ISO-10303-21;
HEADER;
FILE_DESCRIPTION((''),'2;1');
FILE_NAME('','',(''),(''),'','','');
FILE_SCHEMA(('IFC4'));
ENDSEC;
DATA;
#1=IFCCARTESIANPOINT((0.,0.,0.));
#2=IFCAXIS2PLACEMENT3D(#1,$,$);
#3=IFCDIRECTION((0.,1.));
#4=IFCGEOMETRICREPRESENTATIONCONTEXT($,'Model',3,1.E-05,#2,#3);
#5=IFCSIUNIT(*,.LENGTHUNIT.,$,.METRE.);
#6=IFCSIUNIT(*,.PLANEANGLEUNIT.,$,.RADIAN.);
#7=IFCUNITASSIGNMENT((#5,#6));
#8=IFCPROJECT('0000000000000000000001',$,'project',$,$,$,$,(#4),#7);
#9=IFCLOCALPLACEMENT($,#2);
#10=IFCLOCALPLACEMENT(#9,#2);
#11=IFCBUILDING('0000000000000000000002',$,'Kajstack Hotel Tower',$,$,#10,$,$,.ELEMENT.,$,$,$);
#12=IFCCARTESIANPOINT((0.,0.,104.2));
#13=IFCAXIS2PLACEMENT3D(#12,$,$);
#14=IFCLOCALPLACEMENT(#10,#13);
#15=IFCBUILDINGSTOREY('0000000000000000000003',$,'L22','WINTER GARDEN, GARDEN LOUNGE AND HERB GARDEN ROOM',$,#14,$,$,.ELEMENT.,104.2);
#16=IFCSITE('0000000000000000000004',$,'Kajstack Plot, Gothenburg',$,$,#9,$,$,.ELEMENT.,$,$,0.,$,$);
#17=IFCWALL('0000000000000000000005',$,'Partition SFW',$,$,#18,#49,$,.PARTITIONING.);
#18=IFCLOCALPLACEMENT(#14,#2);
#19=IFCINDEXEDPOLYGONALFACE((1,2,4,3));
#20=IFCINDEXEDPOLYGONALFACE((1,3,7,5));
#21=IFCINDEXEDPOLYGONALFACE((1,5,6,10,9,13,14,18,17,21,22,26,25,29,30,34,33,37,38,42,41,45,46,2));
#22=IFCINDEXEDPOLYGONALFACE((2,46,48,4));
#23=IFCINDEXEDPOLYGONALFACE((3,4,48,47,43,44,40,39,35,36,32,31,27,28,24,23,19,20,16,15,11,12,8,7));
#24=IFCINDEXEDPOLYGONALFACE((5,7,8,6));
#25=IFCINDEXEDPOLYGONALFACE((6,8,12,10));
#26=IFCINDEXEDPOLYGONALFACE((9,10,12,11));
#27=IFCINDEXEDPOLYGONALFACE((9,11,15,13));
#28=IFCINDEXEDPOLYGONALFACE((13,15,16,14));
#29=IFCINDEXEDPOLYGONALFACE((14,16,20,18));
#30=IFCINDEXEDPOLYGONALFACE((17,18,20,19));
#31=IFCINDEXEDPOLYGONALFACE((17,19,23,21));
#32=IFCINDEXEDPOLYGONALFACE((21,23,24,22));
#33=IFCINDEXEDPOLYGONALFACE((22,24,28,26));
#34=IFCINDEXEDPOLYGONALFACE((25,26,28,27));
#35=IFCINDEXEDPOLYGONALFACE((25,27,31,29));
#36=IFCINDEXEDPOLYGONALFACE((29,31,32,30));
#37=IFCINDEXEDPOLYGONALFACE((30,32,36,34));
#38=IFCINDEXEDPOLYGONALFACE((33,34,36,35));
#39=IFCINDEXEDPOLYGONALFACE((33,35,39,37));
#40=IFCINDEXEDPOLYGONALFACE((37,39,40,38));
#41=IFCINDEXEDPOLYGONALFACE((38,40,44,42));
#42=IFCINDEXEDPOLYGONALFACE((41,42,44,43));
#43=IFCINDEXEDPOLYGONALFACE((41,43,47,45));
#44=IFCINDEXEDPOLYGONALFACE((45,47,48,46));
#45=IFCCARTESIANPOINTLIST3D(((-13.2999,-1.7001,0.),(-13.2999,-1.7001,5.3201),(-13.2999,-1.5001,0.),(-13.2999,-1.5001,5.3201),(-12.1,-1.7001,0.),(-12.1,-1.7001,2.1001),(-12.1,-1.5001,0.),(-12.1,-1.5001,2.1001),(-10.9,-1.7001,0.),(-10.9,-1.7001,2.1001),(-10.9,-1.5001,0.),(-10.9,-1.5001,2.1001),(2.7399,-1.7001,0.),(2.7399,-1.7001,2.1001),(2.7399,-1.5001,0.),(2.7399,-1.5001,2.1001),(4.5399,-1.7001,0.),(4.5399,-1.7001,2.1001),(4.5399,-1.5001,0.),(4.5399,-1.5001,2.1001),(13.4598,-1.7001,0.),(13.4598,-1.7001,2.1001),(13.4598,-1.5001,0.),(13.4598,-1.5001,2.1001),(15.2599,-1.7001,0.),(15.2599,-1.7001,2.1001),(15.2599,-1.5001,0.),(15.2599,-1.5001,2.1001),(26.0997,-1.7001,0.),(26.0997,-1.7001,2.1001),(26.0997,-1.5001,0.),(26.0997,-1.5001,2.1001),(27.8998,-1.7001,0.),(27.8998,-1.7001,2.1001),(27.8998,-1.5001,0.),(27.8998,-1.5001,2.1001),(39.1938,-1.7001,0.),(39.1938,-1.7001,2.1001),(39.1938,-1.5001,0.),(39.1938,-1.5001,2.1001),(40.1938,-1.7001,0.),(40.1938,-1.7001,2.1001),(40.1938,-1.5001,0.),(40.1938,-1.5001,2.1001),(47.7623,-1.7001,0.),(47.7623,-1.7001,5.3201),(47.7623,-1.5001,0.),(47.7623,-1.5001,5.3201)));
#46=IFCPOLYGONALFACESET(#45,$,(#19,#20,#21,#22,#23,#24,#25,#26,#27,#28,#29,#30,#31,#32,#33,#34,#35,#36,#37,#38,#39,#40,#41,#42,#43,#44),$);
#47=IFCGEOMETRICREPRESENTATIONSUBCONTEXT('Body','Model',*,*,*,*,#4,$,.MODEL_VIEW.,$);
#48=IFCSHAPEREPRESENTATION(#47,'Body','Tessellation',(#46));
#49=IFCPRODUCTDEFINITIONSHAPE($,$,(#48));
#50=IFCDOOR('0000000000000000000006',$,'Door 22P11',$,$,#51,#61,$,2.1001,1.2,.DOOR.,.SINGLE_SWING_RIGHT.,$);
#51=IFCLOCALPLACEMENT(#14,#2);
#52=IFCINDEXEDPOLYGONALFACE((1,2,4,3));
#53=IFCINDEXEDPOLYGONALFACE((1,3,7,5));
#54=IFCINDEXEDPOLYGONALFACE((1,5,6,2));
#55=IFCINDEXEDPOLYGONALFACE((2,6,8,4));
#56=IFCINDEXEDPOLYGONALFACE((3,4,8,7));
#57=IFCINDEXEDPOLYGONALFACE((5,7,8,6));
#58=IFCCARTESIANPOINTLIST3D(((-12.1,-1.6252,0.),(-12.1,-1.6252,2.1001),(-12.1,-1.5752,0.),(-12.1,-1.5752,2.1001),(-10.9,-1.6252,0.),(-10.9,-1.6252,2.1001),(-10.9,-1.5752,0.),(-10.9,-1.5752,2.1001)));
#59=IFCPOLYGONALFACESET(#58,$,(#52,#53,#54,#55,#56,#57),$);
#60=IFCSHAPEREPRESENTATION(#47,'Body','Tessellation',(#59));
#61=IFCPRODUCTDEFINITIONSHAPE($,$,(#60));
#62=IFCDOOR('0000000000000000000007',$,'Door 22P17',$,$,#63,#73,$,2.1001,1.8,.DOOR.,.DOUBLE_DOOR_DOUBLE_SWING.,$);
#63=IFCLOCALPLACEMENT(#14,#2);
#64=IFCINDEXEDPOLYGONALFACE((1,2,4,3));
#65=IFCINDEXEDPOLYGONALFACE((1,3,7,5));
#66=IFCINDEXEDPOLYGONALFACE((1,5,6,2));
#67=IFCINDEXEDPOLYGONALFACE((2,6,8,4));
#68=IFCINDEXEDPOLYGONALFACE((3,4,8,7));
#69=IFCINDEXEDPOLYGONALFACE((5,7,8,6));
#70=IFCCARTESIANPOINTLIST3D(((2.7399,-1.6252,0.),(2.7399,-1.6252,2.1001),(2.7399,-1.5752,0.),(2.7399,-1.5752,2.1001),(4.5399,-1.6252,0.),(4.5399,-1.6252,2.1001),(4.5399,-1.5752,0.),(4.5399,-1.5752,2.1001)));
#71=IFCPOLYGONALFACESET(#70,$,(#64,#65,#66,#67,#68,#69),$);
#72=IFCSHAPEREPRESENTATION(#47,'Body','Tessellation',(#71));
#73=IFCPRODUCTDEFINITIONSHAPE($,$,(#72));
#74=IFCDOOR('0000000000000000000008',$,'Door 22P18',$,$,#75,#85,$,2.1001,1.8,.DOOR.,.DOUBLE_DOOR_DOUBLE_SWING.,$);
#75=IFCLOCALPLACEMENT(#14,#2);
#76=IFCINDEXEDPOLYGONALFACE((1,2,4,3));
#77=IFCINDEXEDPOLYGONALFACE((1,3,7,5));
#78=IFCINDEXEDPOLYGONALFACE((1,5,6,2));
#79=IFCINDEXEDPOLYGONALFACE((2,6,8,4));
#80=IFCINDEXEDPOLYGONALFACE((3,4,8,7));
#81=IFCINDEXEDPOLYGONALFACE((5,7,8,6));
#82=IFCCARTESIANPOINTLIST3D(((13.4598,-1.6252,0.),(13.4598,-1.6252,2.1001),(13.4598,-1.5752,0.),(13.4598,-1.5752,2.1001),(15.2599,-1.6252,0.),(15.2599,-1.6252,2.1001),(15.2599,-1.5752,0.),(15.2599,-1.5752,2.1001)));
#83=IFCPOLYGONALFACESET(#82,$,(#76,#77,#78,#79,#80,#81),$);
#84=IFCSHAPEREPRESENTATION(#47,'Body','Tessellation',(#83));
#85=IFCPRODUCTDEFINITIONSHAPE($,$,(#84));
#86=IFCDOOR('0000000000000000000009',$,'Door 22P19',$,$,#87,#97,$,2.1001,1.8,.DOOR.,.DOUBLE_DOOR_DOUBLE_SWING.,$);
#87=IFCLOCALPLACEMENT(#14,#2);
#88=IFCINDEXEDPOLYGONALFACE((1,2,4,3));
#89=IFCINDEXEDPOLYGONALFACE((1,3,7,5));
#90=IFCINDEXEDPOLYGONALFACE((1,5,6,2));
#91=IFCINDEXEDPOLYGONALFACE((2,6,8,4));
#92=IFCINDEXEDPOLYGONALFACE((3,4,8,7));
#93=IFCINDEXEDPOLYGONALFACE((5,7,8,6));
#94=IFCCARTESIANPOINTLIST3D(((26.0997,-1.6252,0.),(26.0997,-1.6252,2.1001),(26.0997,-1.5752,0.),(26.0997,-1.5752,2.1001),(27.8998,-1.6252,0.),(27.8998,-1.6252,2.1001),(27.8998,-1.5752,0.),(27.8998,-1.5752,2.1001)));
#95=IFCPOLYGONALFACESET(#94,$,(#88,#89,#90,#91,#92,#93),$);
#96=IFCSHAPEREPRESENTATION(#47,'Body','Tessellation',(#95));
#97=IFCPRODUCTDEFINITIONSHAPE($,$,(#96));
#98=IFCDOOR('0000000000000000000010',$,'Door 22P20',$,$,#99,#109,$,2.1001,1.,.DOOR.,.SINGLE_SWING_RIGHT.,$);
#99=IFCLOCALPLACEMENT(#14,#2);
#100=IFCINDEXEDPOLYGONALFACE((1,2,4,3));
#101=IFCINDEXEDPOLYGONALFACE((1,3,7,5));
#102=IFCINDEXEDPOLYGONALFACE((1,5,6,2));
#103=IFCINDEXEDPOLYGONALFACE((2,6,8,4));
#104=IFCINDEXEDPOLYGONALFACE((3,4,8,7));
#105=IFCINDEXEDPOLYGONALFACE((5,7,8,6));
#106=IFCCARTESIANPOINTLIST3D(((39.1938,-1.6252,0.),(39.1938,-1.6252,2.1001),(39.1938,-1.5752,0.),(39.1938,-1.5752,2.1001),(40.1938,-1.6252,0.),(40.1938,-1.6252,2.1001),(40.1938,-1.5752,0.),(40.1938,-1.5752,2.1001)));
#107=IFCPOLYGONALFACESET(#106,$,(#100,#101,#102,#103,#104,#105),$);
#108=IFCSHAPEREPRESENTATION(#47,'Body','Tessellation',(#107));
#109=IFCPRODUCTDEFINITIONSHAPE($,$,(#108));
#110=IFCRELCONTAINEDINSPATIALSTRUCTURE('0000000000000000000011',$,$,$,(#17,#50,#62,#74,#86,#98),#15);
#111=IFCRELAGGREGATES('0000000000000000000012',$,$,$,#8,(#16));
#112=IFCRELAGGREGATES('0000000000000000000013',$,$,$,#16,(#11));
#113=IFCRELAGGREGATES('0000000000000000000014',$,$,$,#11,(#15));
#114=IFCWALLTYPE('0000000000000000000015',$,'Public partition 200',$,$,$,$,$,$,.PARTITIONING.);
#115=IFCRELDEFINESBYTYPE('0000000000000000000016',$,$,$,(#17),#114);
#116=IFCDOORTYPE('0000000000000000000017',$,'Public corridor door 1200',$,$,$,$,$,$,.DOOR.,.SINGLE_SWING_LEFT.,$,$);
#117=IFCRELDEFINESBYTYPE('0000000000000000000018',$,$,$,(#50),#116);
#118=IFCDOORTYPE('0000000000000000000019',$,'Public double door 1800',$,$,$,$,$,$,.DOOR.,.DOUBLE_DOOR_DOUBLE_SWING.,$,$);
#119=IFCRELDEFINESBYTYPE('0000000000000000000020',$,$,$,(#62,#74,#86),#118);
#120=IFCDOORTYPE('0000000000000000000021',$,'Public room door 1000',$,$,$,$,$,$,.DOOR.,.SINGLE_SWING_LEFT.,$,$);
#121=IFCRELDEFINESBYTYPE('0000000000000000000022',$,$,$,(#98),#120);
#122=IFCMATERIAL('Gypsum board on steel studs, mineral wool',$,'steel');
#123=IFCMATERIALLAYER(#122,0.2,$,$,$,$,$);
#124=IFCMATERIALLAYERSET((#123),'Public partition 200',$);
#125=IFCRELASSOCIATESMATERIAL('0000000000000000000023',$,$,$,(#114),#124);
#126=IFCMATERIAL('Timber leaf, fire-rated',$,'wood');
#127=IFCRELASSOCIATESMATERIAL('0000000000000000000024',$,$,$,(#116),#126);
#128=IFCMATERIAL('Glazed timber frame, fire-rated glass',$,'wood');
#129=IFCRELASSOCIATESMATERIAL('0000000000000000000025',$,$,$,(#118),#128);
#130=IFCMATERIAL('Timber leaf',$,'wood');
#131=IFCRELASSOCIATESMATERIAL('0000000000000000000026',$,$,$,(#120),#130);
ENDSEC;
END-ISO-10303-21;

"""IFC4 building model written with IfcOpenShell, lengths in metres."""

from ifc_helpers import new_model, si_unit, direction, frame, frame_2d, origin, place, context, subcontext, project, spatial, rectangle, extrude, material, layer, layer_set, type_object, element, fill, save


model = new_model("IFC4")

# Units and contexts
model_context = context("Model", 3, precision=1e-05, world=origin(), true_north=direction((0.0, 1.0)))
body_context = subcontext(model_context, "Body", "Model", "MODEL_VIEW")
ifc_project = project(units=[si_unit("LENGTHUNIT", "METRE"), si_unit("PLANEANGLEUNIT", "RADIAN")], contexts=[model_context])

# Site, building, storey
site_placement = place(None, origin())
site = spatial("IfcSite", under=ifc_project, at=site_placement, Name="Kajstack Plot, Gothenburg", CompositionType="ELEMENT", RefElevation=0.0)
building_placement = place(site_placement, origin())
building = spatial("IfcBuilding", under=site, at=building_placement, Name="Kajstack Hotel Tower", CompositionType="ELEMENT")
storey_placement = place(building_placement, frame((0.0, 0.0, 104.2)))
storey = spatial("IfcBuildingStorey", under=building, at=storey_placement, Name="L22", Description="WINTER GARDEN, GARDEN LOUNGE AND HERB GARDEN ROOM", CompositionType="ELEMENT", Elevation=104.2)

# Shared definitions
ifc_material_1 = material(Name="Gypsum board on steel studs, mineral wool", Category="steel")
ifc_layer_1 = layer(ifc_material_1, 0.2)
ifc_layer_set_1 = layer_set([ifc_layer_1], Name="Public partition 200")
wall_type = type_object("IfcWallType", Name="Public partition 200", PredefinedType="PARTITIONING", material=ifc_layer_set_1)
ifc_material_2 = material(Name="Timber leaf", Category="wood")

# Wall, openings, doors
wall_1_placement = place(storey_placement, frame((-13.3, -1.6001, 0.0), z_axis=(0.0, 0.0, 1.0), x_axis=(1.0, 0.0, 0.0)))
wall_1 = element("IfcWall", 1, at=wall_1_placement, inside=storey, type_object=wall_type, Name="Partition SFW", PredefinedType="PARTITIONING", context=body_context, shape_type="SweptSolid", body=[
    extrude(rectangle(XDim=61.0623, YDim=0.2, at=frame_2d((30.5312, 0.0))), origin(), (0.0, 0.0, 1.0), 5.3201),
])
opening_1_placement = place(wall_1_placement, frame((1.2, 0.0, 0.0)))
opening_1 = element("IfcOpeningElement", 2, at=opening_1_placement, cuts=wall_1, PredefinedType="OPENING", context=body_context, shape_type="SweptSolid", body=[
    extrude(rectangle(XDim=1.2, YDim=2.1001, at=frame_2d((0.6001, 1.05))), frame((0.0, 0.1099, 0.0), z_axis=(0.0, -1.0, 0.0), x_axis=(1.0, 0.0, 0.0)), (0.0, 0.0, 1.0), 0.22),
])
opening_2_placement = place(wall_1_placement, frame((16.04, 0.0, 0.0)))
opening_2 = element("IfcOpeningElement", 3, at=opening_2_placement, cuts=wall_1, PredefinedType="OPENING", context=body_context, shape_type="SweptSolid", body=[
    extrude(rectangle(XDim=1.8, YDim=2.1001, at=frame_2d((0.8999, 1.05))), frame((0.0, 0.1099, 0.0), z_axis=(0.0, -1.0, 0.0), x_axis=(1.0, 0.0, 0.0)), (0.0, 0.0, 1.0), 0.22),
])
opening_3_placement = place(wall_1_placement, frame((26.76, 0.0, 0.0)))
opening_3 = element("IfcOpeningElement", 4, at=opening_3_placement, cuts=wall_1, PredefinedType="OPENING", context=body_context, shape_type="SweptSolid", body=[
    extrude(rectangle(XDim=1.8, YDim=2.1001, at=frame_2d((0.8999, 1.05))), frame((0.0, 0.1099, 0.0), z_axis=(0.0, -1.0, 0.0), x_axis=(1.0, 0.0, 0.0)), (0.0, 0.0, 1.0), 0.22),
])
opening_4_placement = place(wall_1_placement, frame((39.3999, 0.0, 0.0)))
opening_4 = element("IfcOpeningElement", 5, at=opening_4_placement, cuts=wall_1, PredefinedType="OPENING", context=body_context, shape_type="SweptSolid", body=[
    extrude(rectangle(XDim=1.8, YDim=2.1001, at=frame_2d((0.8999, 1.05))), frame((0.0, 0.1099, 0.0), z_axis=(0.0, -1.0, 0.0), x_axis=(1.0, 0.0, 0.0)), (0.0, 0.0, 1.0), 0.22),
])
opening_5_placement = place(wall_1_placement, frame((52.4939, 0.0, 0.0)))
opening_5 = element("IfcOpeningElement", 6, at=opening_5_placement, cuts=wall_1, PredefinedType="OPENING", context=body_context, shape_type="SweptSolid", body=[
    extrude(rectangle(XDim=1.0, YDim=2.1001, at=frame_2d((0.5, 1.05))), frame((0.0, 0.1099, 0.0), z_axis=(0.0, -1.0, 0.0), x_axis=(1.0, 0.0, 0.0)), (0.0, 0.0, 1.0), 0.22),
])
ifc_material_3 = material(Name="Timber leaf, fire-rated", Category="wood")
door_type_1 = type_object("IfcDoorType", Name="Public corridor door 1200", OperationType="SINGLE_SWING_LEFT", PredefinedType="DOOR", material=ifc_material_3)
door_1_placement = place(opening_1_placement, origin())
door_1 = element("IfcDoor", 7, at=door_1_placement, inside=storey, type_object=door_type_1, Name="Door 22P11", OperationType="SINGLE_SWING_RIGHT", OverallHeight=2.1001, OverallWidth=1.2, PredefinedType="DOOR", context=body_context, shape_type="SweptSolid", body=[
    extrude(rectangle(XDim=1.2, YDim=2.1001, at=frame_2d((0.6001, 1.05))), frame((0.0, 0.0249, 0.0), z_axis=(0.0, -1.0, 0.0), x_axis=(1.0, 0.0, 0.0)), (0.0, 0.0, 1.0), 0.05),
])
fill(opening_1, door_1)
ifc_material_4 = material(Name="Glazed timber frame, fire-rated glass", Category="wood")
door_type_2 = type_object("IfcDoorType", Name="Public double door 1800", OperationType="DOUBLE_DOOR_DOUBLE_SWING", PredefinedType="DOOR", material=ifc_material_4)
door_2_placement = place(opening_2_placement, origin())
door_2 = element("IfcDoor", 8, at=door_2_placement, inside=storey, type_object=door_type_2, Name="Door 22P17", OperationType="DOUBLE_DOOR_DOUBLE_SWING", OverallHeight=2.1001, OverallWidth=1.8, PredefinedType="DOOR", context=body_context, shape_type="SweptSolid", body=[
    extrude(rectangle(XDim=1.8, YDim=2.1001, at=frame_2d((0.8999, 1.05))), frame((0.0, 0.0249, 0.0), z_axis=(0.0, -1.0, 0.0), x_axis=(1.0, 0.0, 0.0)), (0.0, 0.0, 1.0), 0.05),
])
fill(opening_2, door_2)
door_3_placement = place(opening_3_placement, origin())
door_3 = element("IfcDoor", 9, at=door_3_placement, inside=storey, type_object=door_type_2, Name="Door 22P18", OperationType="DOUBLE_DOOR_DOUBLE_SWING", OverallHeight=2.1001, OverallWidth=1.8, PredefinedType="DOOR", context=body_context, shape_type="SweptSolid", body=[
    extrude(rectangle(XDim=1.8, YDim=2.1001, at=frame_2d((0.8999, 1.05))), frame((0.0, 0.0249, 0.0), z_axis=(0.0, -1.0, 0.0), x_axis=(1.0, 0.0, 0.0)), (0.0, 0.0, 1.0), 0.05),
])
fill(opening_3, door_3)
door_4_placement = place(opening_4_placement, origin())
door_4 = element("IfcDoor", 10, at=door_4_placement, inside=storey, type_object=door_type_2, Name="Door 22P19", OperationType="DOUBLE_DOOR_DOUBLE_SWING", OverallHeight=2.1001, OverallWidth=1.8, PredefinedType="DOOR", context=body_context, shape_type="SweptSolid", body=[
    extrude(rectangle(XDim=1.8, YDim=2.1001, at=frame_2d((0.8999, 1.05))), frame((0.0, 0.0249, 0.0), z_axis=(0.0, -1.0, 0.0), x_axis=(1.0, 0.0, 0.0)), (0.0, 0.0, 1.0), 0.05),
])
fill(opening_4, door_4)
door_type_3 = type_object("IfcDoorType", Name="Public room door 1000", OperationType="SINGLE_SWING_LEFT", PredefinedType="DOOR", material=ifc_material_2)
door_5_placement = place(opening_5_placement, origin())
door_5 = element("IfcDoor", 11, at=door_5_placement, inside=storey, type_object=door_type_3, Name="Door 22P20", OperationType="SINGLE_SWING_RIGHT", OverallHeight=2.1001, OverallWidth=1.0, PredefinedType="DOOR", context=body_context, shape_type="SweptSolid", body=[
    extrude(rectangle(XDim=1.0, YDim=2.1001, at=frame_2d((0.5, 1.05))), frame((0.0, 0.0249, 0.0), z_axis=(0.0, -1.0, 0.0), x_axis=(1.0, 0.0, 0.0)), (0.0, 0.0, 1.0), 0.05),
])
fill(opening_5, door_5)

save(model, "model.ifc")
